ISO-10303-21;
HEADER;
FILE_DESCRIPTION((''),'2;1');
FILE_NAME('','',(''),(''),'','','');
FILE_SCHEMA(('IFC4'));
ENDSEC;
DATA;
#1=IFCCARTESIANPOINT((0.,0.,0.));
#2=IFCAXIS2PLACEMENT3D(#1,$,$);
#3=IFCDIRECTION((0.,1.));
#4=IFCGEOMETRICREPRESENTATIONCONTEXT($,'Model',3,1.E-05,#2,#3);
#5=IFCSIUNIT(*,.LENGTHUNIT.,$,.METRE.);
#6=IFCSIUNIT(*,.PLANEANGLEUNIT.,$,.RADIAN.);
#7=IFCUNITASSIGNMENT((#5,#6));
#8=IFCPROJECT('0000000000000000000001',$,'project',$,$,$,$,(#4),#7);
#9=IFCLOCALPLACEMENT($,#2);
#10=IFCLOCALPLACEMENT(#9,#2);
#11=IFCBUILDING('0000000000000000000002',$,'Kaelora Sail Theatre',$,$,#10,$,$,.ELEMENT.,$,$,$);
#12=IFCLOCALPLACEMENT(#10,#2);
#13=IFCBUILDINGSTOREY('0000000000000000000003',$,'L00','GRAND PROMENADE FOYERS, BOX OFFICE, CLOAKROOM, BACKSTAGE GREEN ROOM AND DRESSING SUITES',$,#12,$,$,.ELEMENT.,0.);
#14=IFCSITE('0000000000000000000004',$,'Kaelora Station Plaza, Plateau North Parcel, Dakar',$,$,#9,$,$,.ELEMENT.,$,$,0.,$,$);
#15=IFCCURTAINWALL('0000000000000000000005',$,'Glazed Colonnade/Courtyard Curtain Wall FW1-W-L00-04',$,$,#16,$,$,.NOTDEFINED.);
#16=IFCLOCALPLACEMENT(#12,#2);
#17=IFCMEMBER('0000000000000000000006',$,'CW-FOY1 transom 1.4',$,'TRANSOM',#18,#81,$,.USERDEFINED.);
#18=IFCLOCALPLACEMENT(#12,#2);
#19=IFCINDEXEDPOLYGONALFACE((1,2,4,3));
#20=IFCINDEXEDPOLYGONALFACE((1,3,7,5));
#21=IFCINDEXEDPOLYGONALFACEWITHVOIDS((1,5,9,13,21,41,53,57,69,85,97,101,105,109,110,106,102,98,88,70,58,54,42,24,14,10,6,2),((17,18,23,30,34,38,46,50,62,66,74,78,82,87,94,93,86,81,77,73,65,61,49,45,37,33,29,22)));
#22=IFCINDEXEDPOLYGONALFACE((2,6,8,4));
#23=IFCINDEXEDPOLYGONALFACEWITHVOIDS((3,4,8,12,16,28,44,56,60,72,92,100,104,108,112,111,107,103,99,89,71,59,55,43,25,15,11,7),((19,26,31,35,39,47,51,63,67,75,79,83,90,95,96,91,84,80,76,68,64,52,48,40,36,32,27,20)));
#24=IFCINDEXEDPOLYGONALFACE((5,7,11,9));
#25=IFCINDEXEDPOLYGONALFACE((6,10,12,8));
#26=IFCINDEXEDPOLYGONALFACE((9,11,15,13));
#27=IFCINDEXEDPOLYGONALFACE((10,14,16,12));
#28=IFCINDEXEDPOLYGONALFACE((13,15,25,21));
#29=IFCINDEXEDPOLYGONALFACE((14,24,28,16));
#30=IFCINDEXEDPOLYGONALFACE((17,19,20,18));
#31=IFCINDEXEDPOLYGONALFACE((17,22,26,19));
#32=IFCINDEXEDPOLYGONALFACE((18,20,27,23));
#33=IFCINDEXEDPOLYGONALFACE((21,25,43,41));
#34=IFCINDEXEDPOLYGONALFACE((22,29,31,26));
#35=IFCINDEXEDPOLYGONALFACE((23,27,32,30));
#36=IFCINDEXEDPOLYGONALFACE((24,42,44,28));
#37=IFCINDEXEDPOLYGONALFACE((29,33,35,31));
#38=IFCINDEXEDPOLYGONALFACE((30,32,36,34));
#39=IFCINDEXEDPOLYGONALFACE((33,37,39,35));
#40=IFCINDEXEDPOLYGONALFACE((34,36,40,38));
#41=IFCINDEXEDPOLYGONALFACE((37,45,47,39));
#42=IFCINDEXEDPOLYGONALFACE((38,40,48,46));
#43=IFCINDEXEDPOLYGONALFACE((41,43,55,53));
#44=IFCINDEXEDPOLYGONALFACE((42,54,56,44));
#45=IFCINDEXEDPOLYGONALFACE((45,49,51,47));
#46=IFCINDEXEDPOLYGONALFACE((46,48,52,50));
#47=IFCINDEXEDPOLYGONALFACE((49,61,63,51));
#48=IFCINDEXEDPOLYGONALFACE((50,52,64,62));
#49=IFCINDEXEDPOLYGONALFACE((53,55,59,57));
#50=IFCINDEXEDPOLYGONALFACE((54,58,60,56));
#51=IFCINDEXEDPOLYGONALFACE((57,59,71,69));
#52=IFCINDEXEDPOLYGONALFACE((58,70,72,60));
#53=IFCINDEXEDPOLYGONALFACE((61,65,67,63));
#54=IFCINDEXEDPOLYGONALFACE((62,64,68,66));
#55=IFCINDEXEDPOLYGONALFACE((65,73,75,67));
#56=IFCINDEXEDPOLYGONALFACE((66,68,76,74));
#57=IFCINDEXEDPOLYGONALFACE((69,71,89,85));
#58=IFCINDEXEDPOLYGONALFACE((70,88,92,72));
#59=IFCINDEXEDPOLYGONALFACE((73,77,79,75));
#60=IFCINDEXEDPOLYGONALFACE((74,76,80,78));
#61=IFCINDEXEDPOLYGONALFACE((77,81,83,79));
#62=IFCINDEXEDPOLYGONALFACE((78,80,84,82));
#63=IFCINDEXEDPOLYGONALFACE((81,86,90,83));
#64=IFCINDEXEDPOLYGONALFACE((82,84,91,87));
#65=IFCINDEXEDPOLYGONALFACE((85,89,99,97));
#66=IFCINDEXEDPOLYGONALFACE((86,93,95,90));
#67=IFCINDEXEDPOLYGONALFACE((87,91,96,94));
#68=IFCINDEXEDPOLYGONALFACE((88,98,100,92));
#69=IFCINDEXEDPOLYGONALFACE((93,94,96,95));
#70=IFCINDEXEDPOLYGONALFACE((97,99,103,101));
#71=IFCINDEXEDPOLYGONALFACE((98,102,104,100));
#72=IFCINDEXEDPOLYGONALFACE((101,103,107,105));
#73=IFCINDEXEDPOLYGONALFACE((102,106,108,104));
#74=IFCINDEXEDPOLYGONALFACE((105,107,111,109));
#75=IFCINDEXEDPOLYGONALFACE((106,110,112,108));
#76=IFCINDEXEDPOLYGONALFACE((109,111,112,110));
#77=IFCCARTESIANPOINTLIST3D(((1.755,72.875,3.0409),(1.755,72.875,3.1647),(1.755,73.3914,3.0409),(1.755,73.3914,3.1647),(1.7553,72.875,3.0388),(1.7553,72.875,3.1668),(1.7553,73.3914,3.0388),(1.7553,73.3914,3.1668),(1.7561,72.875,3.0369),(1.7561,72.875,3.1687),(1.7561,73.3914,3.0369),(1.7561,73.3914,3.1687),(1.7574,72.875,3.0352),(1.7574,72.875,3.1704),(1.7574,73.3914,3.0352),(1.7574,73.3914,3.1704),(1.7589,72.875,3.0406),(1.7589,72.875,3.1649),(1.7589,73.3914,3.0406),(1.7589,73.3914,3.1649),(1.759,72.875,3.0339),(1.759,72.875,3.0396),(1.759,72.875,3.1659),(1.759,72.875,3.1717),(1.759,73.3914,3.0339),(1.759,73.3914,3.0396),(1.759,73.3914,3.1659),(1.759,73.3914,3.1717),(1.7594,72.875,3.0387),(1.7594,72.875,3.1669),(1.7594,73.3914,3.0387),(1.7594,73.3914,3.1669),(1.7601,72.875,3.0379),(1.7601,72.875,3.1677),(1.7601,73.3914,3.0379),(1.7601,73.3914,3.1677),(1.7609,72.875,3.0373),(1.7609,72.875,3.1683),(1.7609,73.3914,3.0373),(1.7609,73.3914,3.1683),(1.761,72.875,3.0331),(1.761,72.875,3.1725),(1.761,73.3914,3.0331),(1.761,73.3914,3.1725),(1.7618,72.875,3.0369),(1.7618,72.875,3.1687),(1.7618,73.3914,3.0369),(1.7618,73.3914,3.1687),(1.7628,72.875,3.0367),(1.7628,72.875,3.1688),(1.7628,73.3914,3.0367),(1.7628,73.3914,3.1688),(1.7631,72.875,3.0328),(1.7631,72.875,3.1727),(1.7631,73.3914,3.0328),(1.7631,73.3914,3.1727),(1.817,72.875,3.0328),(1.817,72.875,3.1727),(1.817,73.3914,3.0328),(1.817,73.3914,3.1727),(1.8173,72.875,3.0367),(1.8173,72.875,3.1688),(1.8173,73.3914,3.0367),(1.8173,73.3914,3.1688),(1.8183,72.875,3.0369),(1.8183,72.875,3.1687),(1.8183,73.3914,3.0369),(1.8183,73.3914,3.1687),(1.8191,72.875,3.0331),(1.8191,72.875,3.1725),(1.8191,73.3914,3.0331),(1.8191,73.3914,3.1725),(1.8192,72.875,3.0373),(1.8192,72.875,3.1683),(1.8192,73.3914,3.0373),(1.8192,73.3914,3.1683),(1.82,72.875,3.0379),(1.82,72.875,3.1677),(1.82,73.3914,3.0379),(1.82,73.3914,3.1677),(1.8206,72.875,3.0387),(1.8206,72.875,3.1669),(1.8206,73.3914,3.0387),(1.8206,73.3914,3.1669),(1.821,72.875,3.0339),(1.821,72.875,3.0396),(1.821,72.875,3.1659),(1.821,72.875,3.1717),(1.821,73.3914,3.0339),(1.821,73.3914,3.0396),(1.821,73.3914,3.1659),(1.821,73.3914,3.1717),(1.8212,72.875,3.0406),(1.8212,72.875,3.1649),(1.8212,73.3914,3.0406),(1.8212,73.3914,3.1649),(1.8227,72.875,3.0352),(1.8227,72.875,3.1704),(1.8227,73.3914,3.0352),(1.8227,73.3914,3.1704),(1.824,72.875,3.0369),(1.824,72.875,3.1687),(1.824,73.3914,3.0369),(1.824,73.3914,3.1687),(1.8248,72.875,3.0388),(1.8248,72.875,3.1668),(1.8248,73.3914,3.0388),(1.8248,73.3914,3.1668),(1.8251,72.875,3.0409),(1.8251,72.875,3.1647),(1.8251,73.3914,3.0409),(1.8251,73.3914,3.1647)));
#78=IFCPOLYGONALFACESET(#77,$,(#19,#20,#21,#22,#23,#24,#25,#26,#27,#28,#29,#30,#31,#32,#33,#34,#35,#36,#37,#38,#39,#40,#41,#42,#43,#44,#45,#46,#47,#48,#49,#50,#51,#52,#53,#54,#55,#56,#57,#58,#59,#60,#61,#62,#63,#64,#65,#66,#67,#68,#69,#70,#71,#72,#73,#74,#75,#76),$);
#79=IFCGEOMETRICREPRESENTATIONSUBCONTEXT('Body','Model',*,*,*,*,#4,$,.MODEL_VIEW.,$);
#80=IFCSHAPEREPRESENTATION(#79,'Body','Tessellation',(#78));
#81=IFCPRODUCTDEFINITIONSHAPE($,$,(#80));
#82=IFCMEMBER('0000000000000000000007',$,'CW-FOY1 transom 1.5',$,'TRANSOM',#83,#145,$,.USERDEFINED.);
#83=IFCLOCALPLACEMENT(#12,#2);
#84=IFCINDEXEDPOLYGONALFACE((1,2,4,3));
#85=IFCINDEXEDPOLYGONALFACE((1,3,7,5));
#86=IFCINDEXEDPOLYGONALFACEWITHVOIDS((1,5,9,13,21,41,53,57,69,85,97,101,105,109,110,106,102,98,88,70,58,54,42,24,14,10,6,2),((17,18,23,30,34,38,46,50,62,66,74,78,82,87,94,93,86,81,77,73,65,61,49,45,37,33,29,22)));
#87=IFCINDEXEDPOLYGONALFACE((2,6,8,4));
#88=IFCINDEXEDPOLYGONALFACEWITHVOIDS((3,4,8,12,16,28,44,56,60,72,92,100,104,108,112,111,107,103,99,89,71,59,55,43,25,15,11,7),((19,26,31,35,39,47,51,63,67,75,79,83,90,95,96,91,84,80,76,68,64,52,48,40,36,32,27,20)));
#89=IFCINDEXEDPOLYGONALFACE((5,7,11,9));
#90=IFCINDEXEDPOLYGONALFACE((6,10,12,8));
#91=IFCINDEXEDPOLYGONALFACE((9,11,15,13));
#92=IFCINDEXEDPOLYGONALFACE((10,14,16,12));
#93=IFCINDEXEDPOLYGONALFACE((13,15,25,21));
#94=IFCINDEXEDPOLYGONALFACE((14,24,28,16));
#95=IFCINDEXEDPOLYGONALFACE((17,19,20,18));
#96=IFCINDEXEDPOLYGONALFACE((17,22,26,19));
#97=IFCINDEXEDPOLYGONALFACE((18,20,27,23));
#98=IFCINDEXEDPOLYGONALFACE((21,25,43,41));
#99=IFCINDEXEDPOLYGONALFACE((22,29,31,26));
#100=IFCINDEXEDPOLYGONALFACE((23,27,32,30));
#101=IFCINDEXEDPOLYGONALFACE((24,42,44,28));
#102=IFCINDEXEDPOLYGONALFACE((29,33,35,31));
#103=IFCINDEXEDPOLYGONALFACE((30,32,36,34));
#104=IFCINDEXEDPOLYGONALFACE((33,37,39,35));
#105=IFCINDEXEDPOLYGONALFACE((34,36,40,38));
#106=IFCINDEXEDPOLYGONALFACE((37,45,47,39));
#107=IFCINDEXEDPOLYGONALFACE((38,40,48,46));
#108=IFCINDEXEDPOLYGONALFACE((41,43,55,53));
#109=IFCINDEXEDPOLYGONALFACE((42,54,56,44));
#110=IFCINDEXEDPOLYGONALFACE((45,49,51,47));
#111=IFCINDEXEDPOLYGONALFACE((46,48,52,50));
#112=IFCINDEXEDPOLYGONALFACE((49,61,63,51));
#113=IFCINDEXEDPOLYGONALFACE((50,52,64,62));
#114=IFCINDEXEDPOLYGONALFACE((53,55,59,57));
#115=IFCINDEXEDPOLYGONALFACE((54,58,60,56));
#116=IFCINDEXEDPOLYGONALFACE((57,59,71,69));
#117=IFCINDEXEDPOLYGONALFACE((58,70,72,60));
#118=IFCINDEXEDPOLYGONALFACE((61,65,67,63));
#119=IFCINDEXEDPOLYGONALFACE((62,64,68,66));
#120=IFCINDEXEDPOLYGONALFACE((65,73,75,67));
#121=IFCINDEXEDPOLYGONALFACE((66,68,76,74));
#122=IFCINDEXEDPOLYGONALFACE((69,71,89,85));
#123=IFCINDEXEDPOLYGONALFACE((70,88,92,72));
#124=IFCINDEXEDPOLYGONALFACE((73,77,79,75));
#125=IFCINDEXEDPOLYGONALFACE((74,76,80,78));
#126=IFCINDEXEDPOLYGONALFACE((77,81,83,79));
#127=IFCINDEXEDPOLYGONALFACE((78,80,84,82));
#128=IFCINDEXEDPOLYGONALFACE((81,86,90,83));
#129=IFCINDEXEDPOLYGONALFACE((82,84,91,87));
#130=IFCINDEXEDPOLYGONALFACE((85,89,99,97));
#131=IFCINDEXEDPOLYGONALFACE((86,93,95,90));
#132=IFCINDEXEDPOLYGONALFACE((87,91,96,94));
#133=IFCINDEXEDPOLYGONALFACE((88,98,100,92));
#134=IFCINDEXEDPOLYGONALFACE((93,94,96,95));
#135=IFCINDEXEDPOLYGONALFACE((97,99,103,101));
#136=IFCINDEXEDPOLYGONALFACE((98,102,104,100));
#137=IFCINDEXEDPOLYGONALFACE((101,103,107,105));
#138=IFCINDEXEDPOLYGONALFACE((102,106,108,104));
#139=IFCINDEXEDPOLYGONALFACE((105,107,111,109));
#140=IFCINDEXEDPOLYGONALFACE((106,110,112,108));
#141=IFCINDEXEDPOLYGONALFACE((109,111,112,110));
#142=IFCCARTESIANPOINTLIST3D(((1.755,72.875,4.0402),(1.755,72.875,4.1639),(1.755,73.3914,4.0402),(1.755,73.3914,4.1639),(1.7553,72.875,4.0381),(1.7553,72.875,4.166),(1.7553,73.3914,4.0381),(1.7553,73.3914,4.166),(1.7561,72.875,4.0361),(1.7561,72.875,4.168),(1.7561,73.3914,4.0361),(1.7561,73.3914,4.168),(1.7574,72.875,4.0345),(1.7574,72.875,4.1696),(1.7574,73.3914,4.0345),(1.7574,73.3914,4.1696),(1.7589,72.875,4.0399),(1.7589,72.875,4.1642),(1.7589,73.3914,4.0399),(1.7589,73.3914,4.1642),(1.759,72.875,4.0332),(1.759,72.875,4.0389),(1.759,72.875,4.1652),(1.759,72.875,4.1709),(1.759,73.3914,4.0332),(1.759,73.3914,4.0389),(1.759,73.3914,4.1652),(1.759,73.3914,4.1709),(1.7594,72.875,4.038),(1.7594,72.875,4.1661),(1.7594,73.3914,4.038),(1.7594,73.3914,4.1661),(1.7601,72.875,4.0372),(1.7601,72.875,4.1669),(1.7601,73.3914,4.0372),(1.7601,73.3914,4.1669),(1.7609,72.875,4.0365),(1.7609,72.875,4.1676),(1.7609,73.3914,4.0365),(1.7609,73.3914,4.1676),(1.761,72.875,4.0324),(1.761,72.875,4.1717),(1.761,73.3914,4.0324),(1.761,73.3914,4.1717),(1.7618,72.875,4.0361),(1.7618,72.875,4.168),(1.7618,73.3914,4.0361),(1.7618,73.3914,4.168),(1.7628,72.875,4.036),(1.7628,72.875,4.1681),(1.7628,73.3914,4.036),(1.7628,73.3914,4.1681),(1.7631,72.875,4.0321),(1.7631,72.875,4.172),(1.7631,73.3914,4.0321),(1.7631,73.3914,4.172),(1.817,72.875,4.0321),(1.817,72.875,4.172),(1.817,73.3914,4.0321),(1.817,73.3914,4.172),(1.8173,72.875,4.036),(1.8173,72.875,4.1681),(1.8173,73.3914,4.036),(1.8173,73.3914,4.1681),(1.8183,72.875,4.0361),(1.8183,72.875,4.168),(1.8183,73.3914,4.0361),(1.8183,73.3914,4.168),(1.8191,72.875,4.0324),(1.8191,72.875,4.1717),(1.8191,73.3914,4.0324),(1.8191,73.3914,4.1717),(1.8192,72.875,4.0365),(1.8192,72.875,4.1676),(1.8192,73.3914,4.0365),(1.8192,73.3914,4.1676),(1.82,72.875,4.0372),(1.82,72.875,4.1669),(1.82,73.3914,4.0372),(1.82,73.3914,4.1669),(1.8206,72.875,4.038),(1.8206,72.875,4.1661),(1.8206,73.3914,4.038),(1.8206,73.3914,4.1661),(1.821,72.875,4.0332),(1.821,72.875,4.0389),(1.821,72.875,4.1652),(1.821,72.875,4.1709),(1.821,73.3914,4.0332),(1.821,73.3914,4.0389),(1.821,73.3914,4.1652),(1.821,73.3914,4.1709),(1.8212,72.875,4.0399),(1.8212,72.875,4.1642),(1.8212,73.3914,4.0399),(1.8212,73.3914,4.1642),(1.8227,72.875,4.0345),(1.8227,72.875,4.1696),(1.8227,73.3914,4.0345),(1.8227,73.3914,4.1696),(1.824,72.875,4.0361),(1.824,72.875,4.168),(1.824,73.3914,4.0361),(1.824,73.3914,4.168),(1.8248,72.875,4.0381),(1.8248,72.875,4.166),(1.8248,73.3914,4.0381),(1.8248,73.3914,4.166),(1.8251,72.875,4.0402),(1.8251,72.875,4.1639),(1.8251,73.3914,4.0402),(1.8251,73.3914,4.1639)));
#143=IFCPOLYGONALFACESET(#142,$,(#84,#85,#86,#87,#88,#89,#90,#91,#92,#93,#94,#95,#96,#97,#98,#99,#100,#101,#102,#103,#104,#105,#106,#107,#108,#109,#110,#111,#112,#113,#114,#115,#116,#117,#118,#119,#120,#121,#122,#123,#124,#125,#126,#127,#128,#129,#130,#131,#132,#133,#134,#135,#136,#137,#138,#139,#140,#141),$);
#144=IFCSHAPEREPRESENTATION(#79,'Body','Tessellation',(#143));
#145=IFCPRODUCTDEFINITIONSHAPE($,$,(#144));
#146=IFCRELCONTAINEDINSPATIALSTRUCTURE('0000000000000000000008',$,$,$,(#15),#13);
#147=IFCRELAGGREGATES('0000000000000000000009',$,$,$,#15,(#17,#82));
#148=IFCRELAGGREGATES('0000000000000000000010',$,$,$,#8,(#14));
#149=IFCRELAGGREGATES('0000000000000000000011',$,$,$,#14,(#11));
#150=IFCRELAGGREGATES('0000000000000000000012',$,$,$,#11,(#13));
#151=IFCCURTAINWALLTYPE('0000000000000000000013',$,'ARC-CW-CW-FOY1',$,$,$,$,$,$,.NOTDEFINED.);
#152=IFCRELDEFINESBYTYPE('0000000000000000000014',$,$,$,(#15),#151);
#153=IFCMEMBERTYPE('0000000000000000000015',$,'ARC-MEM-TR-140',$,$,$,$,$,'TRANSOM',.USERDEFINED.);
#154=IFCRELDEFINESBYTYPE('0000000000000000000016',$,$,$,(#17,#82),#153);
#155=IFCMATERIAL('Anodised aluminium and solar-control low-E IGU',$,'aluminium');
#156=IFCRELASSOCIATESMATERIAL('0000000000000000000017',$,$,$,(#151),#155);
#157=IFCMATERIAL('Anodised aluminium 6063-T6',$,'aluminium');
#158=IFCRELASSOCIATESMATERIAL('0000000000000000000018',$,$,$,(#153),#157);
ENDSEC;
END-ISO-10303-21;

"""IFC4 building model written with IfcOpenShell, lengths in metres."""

from ifc_helpers import new_model, si_unit, direction, frame, origin, origin_2d, place, context, subcontext, project, spatial, hollow_rectangle, extrude, material, material_profile, profile_set, type_object, element, aggregate, save


model = new_model("IFC4")

# Units and contexts
model_context = context("Model", 3, precision=1e-05, world=origin(), true_north=direction((0.0, 1.0)))
body_context = subcontext(model_context, "Body", "Model", "MODEL_VIEW")
ifc_project = project(units=[si_unit("LENGTHUNIT", "METRE"), si_unit("PLANEANGLEUNIT", "RADIAN")], contexts=[model_context])

# Site, building, storey
site_placement = place(None, origin())
site = spatial("IfcSite", under=ifc_project, at=site_placement, Name="Kaelora Station Plaza, Plateau North Parcel, Dakar", CompositionType="ELEMENT", RefElevation=0.0)
building_placement = place(site_placement, origin())
building = spatial("IfcBuilding", under=site, at=building_placement, Name="Kaelora Sail Theatre", CompositionType="ELEMENT")
storey_placement = place(building_placement, origin())
storey = spatial("IfcBuildingStorey", under=building, at=storey_placement, Name="L00", Description="GRAND PROMENADE FOYERS, BOX OFFICE, CLOAKROOM, BACKSTAGE GREEN ROOM AND DRESSING SUITES", CompositionType="ELEMENT", Elevation=0.0)

# Curtain wall, members
ifc_material_1 = material(Name="Anodised aluminium and solar-control low-E IGU", Category="aluminium")
curtain_wall_type = type_object("IfcCurtainWallType", Name="ARC-CW-CW-FOY1", PredefinedType="NOTDEFINED", material=ifc_material_1)
ifc_material_2 = material(Name="Anodised aluminium 6063-T6", Category="aluminium")
ifc_material_profile = material_profile(ifc_material_2, hollow_rectangle(XDim=0.0701, YDim=0.1399, WallThickness=0.0039, InnerFilletRadius=0.0039, OuterFilletRadius=0.0081, at=origin_2d()), Name="ALU-TRAN 70x140x4")
ifc_profile_set = profile_set([ifc_material_profile], Name="Anodised aluminium 6063-T6")
member_type = type_object("IfcMemberType", Name="ARC-MEM-TR-140", ElementType="TRANSOM", PredefinedType="USERDEFINED", material=ifc_profile_set)
curtain_wall_1_placement = place(storey_placement, origin())
curtain_wall_1 = element("IfcCurtainWall", 1, at=curtain_wall_1_placement, inside=storey, type_object=curtain_wall_type, Name="Glazed Colonnade/Courtyard Curtain Wall FW1-W-L00-04", PredefinedType="NOTDEFINED")
member_1_placement = place(storey_placement, frame((1.79, 72.875, 3.1028), z_axis=(0.0, 1.0, 0.0), x_axis=(-1.0, 0.0, 0.0)))
member_1 = element("IfcMember", 2, at=member_1_placement, type_object=member_type, Name="CW-FOY1 transom 1.4", ObjectType="TRANSOM", PredefinedType="USERDEFINED", context=body_context, shape_type="SweptSolid", body=[
    extrude(hollow_rectangle(XDim=0.0701, YDim=0.1399, WallThickness=0.0039, InnerFilletRadius=0.0039, OuterFilletRadius=0.0081, at=origin_2d()), origin(), (0.0, 0.0, 1.0), 0.5164),
])
member_2_placement = place(storey_placement, frame((1.79, 72.875, 4.1021), z_axis=(0.0, 1.0, 0.0), x_axis=(-1.0, 0.0, 0.0)))
member_2 = element("IfcMember", 3, at=member_2_placement, type_object=member_type, Name="CW-FOY1 transom 1.5", ObjectType="TRANSOM", PredefinedType="USERDEFINED", context=body_context, shape_type="SweptSolid", body=[
    extrude(hollow_rectangle(XDim=0.0701, YDim=0.1399, WallThickness=0.0039, InnerFilletRadius=0.0039, OuterFilletRadius=0.0081, at=origin_2d()), origin(), (0.0, 0.0, 1.0), 0.5164),
])

aggregate(curtain_wall_1, [member_1, member_2])

save(model, "model.ifc")
